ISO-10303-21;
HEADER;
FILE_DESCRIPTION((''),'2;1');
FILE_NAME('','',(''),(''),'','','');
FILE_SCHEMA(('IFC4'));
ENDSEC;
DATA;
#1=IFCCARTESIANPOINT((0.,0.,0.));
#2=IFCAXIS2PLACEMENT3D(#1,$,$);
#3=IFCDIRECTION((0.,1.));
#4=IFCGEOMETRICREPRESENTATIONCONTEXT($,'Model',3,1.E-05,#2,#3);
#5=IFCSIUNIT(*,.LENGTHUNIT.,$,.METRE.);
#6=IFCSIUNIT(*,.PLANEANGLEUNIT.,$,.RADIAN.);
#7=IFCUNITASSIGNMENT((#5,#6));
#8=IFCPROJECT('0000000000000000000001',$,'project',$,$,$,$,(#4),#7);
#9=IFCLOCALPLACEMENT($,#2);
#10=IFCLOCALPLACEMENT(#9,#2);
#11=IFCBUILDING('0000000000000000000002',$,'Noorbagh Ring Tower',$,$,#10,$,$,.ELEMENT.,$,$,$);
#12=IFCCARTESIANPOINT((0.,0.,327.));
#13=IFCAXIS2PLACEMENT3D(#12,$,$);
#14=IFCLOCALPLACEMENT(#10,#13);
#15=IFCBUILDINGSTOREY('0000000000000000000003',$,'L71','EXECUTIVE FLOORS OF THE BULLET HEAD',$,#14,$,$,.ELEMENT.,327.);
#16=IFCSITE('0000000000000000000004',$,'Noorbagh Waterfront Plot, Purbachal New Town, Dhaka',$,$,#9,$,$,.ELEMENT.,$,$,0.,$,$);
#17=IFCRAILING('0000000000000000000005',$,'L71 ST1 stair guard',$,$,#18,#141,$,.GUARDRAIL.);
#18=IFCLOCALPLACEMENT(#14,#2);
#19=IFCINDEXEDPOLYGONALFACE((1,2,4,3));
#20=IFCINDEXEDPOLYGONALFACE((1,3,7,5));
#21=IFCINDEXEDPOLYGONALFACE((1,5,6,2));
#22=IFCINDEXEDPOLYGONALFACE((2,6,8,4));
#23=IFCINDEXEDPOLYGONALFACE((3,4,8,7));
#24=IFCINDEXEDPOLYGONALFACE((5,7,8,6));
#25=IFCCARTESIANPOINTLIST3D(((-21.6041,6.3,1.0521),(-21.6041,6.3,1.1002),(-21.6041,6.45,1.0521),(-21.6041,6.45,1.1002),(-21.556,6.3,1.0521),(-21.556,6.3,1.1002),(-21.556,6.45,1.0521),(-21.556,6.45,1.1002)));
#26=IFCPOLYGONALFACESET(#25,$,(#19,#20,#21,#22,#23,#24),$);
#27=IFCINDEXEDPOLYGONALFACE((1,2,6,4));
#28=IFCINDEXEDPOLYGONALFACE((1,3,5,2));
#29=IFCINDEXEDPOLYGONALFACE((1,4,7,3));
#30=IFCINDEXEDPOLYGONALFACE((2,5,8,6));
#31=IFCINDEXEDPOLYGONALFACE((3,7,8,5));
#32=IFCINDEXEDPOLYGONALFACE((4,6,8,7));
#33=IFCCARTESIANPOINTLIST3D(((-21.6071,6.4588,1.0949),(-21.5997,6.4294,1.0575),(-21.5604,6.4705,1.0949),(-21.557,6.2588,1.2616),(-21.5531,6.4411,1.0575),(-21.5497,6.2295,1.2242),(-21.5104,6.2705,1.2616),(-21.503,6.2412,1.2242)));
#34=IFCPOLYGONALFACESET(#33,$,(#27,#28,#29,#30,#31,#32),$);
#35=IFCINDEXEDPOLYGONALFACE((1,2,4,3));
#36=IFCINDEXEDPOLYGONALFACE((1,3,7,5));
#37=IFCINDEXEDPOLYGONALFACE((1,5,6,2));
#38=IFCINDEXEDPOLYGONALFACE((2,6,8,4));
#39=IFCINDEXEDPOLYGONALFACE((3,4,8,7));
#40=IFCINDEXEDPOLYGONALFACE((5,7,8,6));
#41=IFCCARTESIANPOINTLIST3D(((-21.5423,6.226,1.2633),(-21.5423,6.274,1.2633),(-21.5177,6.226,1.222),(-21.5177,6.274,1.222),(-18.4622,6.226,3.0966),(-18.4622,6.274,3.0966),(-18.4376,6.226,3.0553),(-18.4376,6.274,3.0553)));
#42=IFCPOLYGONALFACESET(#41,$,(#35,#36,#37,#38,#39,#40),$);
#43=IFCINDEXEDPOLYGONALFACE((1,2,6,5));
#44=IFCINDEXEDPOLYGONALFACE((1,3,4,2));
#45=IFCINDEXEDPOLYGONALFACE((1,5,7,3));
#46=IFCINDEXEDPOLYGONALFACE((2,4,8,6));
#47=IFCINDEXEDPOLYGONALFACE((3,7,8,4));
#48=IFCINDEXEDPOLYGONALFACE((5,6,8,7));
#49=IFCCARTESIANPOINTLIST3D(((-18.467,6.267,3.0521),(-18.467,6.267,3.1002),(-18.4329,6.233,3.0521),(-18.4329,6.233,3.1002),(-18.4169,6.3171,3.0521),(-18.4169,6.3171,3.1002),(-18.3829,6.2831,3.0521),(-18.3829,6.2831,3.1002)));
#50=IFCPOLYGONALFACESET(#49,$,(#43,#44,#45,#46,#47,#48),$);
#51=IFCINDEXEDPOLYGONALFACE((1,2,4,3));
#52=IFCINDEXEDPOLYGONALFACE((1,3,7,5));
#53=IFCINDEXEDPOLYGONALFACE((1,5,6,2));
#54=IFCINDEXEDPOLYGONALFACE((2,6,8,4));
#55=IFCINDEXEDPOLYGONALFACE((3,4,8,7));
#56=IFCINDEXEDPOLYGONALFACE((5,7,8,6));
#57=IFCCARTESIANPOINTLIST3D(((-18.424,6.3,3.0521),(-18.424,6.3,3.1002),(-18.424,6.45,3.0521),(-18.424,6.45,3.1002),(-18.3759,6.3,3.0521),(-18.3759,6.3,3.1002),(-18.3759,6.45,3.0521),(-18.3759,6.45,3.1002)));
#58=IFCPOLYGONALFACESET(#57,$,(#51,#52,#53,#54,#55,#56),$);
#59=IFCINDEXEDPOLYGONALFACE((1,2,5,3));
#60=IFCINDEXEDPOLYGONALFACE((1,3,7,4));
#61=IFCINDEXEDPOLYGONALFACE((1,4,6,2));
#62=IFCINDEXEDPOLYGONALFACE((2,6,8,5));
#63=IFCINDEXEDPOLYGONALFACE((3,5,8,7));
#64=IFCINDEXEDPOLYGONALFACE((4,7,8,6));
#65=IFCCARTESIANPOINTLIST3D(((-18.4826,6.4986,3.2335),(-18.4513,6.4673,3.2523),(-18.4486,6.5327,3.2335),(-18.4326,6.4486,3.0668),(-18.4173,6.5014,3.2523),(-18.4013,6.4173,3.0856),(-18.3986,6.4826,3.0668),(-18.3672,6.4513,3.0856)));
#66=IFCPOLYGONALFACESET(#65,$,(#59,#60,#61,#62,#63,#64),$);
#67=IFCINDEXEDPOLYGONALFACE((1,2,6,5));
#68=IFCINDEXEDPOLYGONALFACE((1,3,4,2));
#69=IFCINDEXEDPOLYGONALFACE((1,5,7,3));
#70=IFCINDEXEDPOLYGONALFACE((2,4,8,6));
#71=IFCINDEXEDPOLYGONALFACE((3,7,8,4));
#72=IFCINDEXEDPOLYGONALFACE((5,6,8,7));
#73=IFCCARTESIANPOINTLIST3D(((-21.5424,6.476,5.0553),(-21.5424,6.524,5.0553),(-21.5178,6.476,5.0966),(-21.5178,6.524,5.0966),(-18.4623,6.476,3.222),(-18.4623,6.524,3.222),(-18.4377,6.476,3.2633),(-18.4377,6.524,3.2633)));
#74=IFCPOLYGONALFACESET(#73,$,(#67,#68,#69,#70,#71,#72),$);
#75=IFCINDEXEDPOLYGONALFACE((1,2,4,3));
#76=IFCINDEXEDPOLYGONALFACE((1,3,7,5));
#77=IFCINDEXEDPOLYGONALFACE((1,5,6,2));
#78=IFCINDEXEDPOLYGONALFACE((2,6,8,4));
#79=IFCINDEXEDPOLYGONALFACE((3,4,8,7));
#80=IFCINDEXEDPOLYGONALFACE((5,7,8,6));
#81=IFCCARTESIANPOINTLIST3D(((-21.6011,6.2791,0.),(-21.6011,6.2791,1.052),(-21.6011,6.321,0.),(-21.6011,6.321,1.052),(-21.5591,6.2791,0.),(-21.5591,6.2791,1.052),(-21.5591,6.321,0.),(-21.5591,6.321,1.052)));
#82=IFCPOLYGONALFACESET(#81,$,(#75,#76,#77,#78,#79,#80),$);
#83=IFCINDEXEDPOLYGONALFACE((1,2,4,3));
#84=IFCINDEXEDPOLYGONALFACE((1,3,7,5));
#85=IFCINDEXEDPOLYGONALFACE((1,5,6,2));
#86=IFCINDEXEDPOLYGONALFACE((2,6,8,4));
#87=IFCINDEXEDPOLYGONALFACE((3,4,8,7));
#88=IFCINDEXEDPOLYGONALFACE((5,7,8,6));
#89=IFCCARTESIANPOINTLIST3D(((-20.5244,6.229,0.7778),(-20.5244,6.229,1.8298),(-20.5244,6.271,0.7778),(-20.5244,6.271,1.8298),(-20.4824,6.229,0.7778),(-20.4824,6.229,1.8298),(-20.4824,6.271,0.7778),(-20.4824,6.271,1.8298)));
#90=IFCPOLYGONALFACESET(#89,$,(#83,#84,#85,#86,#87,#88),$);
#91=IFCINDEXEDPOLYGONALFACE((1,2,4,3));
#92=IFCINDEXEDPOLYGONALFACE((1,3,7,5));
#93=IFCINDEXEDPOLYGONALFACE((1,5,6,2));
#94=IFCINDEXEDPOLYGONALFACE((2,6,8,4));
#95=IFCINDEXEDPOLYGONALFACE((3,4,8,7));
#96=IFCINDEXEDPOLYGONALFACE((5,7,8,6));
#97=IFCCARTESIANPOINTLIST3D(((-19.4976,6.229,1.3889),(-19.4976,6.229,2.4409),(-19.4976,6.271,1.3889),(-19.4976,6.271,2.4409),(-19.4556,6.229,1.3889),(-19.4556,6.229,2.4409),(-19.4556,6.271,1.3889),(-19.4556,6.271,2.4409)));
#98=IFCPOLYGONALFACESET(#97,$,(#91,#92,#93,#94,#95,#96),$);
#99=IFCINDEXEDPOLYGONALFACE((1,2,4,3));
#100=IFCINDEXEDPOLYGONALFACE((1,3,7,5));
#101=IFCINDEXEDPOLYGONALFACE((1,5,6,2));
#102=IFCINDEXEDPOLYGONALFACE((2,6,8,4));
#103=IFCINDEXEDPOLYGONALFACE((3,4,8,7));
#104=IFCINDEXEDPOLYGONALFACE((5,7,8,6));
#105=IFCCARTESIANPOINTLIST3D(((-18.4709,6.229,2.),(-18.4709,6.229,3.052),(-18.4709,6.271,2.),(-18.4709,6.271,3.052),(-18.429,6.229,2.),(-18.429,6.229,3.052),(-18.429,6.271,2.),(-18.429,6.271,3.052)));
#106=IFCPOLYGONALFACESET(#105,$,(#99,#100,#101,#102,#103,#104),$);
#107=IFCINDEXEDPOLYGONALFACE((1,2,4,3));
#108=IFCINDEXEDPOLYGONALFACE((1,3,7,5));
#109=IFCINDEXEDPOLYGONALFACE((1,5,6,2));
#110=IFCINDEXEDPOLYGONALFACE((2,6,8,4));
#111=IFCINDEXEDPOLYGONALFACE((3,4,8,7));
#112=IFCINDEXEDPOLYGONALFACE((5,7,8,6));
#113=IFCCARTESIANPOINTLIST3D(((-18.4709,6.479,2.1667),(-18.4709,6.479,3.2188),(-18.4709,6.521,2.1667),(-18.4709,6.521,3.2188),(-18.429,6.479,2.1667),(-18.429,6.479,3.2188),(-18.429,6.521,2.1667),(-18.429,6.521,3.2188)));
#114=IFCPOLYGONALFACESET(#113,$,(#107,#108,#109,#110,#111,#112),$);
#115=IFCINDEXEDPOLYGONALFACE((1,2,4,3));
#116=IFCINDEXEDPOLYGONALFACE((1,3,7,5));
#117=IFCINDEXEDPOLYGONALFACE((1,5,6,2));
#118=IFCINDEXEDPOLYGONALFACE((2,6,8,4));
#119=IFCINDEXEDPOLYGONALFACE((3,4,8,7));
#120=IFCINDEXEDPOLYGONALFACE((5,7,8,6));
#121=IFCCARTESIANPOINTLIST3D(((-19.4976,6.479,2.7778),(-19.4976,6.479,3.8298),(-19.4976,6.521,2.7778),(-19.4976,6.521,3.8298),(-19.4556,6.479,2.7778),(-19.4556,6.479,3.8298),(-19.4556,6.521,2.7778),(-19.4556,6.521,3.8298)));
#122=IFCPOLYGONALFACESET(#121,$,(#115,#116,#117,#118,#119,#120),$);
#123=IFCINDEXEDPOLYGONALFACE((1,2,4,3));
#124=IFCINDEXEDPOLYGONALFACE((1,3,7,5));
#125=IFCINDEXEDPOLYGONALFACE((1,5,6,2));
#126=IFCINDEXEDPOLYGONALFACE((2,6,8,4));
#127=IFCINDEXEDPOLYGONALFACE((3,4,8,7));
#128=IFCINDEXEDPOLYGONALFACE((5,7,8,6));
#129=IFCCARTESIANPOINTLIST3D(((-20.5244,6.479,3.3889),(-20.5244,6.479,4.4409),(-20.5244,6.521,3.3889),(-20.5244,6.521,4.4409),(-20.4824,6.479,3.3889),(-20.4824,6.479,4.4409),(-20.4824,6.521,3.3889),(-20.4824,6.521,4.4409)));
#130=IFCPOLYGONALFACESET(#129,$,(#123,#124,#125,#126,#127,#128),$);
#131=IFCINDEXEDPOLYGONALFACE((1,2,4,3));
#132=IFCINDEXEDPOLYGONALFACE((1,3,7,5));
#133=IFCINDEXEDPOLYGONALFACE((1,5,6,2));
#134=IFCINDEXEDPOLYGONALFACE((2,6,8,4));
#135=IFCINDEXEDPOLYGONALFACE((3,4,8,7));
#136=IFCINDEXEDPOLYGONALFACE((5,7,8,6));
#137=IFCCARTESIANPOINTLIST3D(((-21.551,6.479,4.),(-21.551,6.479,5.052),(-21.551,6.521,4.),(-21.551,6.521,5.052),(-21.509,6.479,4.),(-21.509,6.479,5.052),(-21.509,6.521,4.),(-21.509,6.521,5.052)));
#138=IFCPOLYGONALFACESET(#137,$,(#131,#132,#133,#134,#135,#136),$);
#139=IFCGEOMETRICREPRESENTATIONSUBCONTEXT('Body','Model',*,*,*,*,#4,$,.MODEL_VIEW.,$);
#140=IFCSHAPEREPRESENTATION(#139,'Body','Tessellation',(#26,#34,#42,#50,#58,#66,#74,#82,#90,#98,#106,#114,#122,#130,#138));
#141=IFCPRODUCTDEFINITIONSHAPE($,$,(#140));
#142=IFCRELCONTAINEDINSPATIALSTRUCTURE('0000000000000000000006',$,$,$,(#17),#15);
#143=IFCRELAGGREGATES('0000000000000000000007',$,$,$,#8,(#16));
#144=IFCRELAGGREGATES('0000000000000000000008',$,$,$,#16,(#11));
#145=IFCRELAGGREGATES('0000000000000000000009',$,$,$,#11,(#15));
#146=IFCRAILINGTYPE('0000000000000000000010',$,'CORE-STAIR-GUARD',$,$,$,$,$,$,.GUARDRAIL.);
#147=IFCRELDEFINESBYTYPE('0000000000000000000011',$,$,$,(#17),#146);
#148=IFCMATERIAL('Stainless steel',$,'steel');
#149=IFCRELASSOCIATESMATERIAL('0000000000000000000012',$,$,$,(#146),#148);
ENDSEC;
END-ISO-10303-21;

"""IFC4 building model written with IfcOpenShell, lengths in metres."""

from ifc_helpers import new_model, si_unit, direction, frame, origin, origin_2d, place, context, subcontext, project, spatial, rectangle, extrude, material, type_object, element, save


model = new_model("IFC4")

# Units and contexts
model_context = context("Model", 3, precision=1e-05, world=origin(), true_north=direction((0.0, 1.0)))
body_context = subcontext(model_context, "Body", "Model", "MODEL_VIEW")
ifc_project = project(units=[si_unit("LENGTHUNIT", "METRE"), si_unit("PLANEANGLEUNIT", "RADIAN")], contexts=[model_context])

# Site, building, storey
site_placement = place(None, origin())
site = spatial("IfcSite", under=ifc_project, at=site_placement, Name="Noorbagh Waterfront Plot, Purbachal New Town, Dhaka", CompositionType="ELEMENT", RefElevation=0.0)
building_placement = place(site_placement, origin())
building = spatial("IfcBuilding", under=site, at=building_placement, Name="Noorbagh Ring Tower", CompositionType="ELEMENT")
storey_placement = place(building_placement, frame((0.0, 0.0, 327.0)))
storey = spatial("IfcBuildingStorey", under=building, at=storey_placement, Name="L71", Description="EXECUTIVE FLOORS OF THE BULLET HEAD", CompositionType="ELEMENT", Elevation=327.0)

# Railing
ifc_material_1 = material(Name="Stainless steel", Category="steel")
railing_type_1 = type_object("IfcRailingType", Name="CORE-STAIR-GUARD", PredefinedType="GUARDRAIL", material=ifc_material_1)
railing_1_placement = place(storey_placement, frame((-21.5801, 6.3, 0.0)))
element("IfcRailing", 1, at=railing_1_placement, inside=storey, type_object=railing_type_1, Name="L71 ST1 stair guard", PredefinedType="GUARDRAIL", context=body_context, shape_type="SweptSolid", body=[
    extrude(rectangle(XDim=0.0481, YDim=0.0481, at=origin_2d()), frame((0.0, 0.0, 1.0762), z_axis=(0.0, 1.0, 0.0), x_axis=(-1.0, 0.0, 0.0)), (0.0, 0.0, 1.0), 0.1499),
    extrude(rectangle(XDim=0.0481, YDim=0.0481, at=origin_2d()), frame((0.0, 0.1499, 1.0762), z_axis=(0.188776, -0.754182, 0.628946), x_axis=(0.970073, 0.242814, 0.0)), (0.0, 0.0, 1.0), 0.2651),
    extrude(rectangle(XDim=0.0481, YDim=0.0481, at=origin_2d()), frame((0.05, -0.05, 1.2427), z_axis=(0.859309, 0.0, 0.511458), x_axis=(0.0, 1.0, 0.0)), (0.0, 0.0, 1.0), 3.5845),
    extrude(rectangle(XDim=0.0481, YDim=0.0481, at=origin_2d()), frame((3.1301, -0.05, 3.0762), z_axis=(0.707107, 0.707107, 0.0), x_axis=(-0.707107, 0.707107, 0.0)), (0.0, 0.0, 1.0), 0.0708),
    extrude(rectangle(XDim=0.0481, YDim=0.0481, at=origin_2d()), frame((3.1802, 0.0, 3.0762), z_axis=(0.0, 1.0, 0.0), x_axis=(-1.0, 0.0, 0.0)), (0.0, 0.0, 1.0), 0.1499),
    extrude(rectangle(XDim=0.0481, YDim=0.0481, at=origin_2d()), frame((3.1802, 0.1499, 3.0762), z_axis=(-0.276287, 0.276287, 0.920506), x_axis=(-0.707107, -0.707107, 0.0)), (0.0, 0.0, 1.0), 0.1812),
    extrude(rectangle(XDim=0.0481, YDim=0.0481, at=origin_2d()), frame((3.1301, 0.2, 3.2427), z_axis=(-0.859309, 0.0, 0.511458), x_axis=(0.0, -1.0, 0.0)), (0.0, 0.0, 1.0), 3.5845),
    extrude(rectangle(XDim=0.042, YDim=0.042, at=origin_2d()), origin(), (0.0, 0.0, 1.0), 1.052),
    extrude(rectangle(XDim=0.042, YDim=0.042, at=origin_2d()), frame((1.0767, -0.05, 0.7778)), (0.0, 0.0, 1.0), 1.052),
    extrude(rectangle(XDim=0.042, YDim=0.042, at=origin_2d()), frame((2.1035, -0.05, 1.3889)), (0.0, 0.0, 1.0), 1.052),
    extrude(rectangle(XDim=0.042, YDim=0.042, at=origin_2d()), frame((3.1301, -0.05, 2.0)), (0.0, 0.0, 1.0), 1.052),
    extrude(rectangle(XDim=0.042, YDim=0.042, at=origin_2d()), frame((3.1301, 0.2, 2.1667)), (0.0, 0.0, 1.0), 1.052),
    extrude(rectangle(XDim=0.042, YDim=0.042, at=origin_2d()), frame((2.1035, 0.2, 2.7778)), (0.0, 0.0, 1.0), 1.052),
    extrude(rectangle(XDim=0.042, YDim=0.042, at=origin_2d()), frame((1.0767, 0.2, 3.3889)), (0.0, 0.0, 1.0), 1.052),
    extrude(rectangle(XDim=0.042, YDim=0.042, at=origin_2d()), frame((0.05, 0.2, 4.0)), (0.0, 0.0, 1.0), 1.052),
])

save(model, "model.ifc")
